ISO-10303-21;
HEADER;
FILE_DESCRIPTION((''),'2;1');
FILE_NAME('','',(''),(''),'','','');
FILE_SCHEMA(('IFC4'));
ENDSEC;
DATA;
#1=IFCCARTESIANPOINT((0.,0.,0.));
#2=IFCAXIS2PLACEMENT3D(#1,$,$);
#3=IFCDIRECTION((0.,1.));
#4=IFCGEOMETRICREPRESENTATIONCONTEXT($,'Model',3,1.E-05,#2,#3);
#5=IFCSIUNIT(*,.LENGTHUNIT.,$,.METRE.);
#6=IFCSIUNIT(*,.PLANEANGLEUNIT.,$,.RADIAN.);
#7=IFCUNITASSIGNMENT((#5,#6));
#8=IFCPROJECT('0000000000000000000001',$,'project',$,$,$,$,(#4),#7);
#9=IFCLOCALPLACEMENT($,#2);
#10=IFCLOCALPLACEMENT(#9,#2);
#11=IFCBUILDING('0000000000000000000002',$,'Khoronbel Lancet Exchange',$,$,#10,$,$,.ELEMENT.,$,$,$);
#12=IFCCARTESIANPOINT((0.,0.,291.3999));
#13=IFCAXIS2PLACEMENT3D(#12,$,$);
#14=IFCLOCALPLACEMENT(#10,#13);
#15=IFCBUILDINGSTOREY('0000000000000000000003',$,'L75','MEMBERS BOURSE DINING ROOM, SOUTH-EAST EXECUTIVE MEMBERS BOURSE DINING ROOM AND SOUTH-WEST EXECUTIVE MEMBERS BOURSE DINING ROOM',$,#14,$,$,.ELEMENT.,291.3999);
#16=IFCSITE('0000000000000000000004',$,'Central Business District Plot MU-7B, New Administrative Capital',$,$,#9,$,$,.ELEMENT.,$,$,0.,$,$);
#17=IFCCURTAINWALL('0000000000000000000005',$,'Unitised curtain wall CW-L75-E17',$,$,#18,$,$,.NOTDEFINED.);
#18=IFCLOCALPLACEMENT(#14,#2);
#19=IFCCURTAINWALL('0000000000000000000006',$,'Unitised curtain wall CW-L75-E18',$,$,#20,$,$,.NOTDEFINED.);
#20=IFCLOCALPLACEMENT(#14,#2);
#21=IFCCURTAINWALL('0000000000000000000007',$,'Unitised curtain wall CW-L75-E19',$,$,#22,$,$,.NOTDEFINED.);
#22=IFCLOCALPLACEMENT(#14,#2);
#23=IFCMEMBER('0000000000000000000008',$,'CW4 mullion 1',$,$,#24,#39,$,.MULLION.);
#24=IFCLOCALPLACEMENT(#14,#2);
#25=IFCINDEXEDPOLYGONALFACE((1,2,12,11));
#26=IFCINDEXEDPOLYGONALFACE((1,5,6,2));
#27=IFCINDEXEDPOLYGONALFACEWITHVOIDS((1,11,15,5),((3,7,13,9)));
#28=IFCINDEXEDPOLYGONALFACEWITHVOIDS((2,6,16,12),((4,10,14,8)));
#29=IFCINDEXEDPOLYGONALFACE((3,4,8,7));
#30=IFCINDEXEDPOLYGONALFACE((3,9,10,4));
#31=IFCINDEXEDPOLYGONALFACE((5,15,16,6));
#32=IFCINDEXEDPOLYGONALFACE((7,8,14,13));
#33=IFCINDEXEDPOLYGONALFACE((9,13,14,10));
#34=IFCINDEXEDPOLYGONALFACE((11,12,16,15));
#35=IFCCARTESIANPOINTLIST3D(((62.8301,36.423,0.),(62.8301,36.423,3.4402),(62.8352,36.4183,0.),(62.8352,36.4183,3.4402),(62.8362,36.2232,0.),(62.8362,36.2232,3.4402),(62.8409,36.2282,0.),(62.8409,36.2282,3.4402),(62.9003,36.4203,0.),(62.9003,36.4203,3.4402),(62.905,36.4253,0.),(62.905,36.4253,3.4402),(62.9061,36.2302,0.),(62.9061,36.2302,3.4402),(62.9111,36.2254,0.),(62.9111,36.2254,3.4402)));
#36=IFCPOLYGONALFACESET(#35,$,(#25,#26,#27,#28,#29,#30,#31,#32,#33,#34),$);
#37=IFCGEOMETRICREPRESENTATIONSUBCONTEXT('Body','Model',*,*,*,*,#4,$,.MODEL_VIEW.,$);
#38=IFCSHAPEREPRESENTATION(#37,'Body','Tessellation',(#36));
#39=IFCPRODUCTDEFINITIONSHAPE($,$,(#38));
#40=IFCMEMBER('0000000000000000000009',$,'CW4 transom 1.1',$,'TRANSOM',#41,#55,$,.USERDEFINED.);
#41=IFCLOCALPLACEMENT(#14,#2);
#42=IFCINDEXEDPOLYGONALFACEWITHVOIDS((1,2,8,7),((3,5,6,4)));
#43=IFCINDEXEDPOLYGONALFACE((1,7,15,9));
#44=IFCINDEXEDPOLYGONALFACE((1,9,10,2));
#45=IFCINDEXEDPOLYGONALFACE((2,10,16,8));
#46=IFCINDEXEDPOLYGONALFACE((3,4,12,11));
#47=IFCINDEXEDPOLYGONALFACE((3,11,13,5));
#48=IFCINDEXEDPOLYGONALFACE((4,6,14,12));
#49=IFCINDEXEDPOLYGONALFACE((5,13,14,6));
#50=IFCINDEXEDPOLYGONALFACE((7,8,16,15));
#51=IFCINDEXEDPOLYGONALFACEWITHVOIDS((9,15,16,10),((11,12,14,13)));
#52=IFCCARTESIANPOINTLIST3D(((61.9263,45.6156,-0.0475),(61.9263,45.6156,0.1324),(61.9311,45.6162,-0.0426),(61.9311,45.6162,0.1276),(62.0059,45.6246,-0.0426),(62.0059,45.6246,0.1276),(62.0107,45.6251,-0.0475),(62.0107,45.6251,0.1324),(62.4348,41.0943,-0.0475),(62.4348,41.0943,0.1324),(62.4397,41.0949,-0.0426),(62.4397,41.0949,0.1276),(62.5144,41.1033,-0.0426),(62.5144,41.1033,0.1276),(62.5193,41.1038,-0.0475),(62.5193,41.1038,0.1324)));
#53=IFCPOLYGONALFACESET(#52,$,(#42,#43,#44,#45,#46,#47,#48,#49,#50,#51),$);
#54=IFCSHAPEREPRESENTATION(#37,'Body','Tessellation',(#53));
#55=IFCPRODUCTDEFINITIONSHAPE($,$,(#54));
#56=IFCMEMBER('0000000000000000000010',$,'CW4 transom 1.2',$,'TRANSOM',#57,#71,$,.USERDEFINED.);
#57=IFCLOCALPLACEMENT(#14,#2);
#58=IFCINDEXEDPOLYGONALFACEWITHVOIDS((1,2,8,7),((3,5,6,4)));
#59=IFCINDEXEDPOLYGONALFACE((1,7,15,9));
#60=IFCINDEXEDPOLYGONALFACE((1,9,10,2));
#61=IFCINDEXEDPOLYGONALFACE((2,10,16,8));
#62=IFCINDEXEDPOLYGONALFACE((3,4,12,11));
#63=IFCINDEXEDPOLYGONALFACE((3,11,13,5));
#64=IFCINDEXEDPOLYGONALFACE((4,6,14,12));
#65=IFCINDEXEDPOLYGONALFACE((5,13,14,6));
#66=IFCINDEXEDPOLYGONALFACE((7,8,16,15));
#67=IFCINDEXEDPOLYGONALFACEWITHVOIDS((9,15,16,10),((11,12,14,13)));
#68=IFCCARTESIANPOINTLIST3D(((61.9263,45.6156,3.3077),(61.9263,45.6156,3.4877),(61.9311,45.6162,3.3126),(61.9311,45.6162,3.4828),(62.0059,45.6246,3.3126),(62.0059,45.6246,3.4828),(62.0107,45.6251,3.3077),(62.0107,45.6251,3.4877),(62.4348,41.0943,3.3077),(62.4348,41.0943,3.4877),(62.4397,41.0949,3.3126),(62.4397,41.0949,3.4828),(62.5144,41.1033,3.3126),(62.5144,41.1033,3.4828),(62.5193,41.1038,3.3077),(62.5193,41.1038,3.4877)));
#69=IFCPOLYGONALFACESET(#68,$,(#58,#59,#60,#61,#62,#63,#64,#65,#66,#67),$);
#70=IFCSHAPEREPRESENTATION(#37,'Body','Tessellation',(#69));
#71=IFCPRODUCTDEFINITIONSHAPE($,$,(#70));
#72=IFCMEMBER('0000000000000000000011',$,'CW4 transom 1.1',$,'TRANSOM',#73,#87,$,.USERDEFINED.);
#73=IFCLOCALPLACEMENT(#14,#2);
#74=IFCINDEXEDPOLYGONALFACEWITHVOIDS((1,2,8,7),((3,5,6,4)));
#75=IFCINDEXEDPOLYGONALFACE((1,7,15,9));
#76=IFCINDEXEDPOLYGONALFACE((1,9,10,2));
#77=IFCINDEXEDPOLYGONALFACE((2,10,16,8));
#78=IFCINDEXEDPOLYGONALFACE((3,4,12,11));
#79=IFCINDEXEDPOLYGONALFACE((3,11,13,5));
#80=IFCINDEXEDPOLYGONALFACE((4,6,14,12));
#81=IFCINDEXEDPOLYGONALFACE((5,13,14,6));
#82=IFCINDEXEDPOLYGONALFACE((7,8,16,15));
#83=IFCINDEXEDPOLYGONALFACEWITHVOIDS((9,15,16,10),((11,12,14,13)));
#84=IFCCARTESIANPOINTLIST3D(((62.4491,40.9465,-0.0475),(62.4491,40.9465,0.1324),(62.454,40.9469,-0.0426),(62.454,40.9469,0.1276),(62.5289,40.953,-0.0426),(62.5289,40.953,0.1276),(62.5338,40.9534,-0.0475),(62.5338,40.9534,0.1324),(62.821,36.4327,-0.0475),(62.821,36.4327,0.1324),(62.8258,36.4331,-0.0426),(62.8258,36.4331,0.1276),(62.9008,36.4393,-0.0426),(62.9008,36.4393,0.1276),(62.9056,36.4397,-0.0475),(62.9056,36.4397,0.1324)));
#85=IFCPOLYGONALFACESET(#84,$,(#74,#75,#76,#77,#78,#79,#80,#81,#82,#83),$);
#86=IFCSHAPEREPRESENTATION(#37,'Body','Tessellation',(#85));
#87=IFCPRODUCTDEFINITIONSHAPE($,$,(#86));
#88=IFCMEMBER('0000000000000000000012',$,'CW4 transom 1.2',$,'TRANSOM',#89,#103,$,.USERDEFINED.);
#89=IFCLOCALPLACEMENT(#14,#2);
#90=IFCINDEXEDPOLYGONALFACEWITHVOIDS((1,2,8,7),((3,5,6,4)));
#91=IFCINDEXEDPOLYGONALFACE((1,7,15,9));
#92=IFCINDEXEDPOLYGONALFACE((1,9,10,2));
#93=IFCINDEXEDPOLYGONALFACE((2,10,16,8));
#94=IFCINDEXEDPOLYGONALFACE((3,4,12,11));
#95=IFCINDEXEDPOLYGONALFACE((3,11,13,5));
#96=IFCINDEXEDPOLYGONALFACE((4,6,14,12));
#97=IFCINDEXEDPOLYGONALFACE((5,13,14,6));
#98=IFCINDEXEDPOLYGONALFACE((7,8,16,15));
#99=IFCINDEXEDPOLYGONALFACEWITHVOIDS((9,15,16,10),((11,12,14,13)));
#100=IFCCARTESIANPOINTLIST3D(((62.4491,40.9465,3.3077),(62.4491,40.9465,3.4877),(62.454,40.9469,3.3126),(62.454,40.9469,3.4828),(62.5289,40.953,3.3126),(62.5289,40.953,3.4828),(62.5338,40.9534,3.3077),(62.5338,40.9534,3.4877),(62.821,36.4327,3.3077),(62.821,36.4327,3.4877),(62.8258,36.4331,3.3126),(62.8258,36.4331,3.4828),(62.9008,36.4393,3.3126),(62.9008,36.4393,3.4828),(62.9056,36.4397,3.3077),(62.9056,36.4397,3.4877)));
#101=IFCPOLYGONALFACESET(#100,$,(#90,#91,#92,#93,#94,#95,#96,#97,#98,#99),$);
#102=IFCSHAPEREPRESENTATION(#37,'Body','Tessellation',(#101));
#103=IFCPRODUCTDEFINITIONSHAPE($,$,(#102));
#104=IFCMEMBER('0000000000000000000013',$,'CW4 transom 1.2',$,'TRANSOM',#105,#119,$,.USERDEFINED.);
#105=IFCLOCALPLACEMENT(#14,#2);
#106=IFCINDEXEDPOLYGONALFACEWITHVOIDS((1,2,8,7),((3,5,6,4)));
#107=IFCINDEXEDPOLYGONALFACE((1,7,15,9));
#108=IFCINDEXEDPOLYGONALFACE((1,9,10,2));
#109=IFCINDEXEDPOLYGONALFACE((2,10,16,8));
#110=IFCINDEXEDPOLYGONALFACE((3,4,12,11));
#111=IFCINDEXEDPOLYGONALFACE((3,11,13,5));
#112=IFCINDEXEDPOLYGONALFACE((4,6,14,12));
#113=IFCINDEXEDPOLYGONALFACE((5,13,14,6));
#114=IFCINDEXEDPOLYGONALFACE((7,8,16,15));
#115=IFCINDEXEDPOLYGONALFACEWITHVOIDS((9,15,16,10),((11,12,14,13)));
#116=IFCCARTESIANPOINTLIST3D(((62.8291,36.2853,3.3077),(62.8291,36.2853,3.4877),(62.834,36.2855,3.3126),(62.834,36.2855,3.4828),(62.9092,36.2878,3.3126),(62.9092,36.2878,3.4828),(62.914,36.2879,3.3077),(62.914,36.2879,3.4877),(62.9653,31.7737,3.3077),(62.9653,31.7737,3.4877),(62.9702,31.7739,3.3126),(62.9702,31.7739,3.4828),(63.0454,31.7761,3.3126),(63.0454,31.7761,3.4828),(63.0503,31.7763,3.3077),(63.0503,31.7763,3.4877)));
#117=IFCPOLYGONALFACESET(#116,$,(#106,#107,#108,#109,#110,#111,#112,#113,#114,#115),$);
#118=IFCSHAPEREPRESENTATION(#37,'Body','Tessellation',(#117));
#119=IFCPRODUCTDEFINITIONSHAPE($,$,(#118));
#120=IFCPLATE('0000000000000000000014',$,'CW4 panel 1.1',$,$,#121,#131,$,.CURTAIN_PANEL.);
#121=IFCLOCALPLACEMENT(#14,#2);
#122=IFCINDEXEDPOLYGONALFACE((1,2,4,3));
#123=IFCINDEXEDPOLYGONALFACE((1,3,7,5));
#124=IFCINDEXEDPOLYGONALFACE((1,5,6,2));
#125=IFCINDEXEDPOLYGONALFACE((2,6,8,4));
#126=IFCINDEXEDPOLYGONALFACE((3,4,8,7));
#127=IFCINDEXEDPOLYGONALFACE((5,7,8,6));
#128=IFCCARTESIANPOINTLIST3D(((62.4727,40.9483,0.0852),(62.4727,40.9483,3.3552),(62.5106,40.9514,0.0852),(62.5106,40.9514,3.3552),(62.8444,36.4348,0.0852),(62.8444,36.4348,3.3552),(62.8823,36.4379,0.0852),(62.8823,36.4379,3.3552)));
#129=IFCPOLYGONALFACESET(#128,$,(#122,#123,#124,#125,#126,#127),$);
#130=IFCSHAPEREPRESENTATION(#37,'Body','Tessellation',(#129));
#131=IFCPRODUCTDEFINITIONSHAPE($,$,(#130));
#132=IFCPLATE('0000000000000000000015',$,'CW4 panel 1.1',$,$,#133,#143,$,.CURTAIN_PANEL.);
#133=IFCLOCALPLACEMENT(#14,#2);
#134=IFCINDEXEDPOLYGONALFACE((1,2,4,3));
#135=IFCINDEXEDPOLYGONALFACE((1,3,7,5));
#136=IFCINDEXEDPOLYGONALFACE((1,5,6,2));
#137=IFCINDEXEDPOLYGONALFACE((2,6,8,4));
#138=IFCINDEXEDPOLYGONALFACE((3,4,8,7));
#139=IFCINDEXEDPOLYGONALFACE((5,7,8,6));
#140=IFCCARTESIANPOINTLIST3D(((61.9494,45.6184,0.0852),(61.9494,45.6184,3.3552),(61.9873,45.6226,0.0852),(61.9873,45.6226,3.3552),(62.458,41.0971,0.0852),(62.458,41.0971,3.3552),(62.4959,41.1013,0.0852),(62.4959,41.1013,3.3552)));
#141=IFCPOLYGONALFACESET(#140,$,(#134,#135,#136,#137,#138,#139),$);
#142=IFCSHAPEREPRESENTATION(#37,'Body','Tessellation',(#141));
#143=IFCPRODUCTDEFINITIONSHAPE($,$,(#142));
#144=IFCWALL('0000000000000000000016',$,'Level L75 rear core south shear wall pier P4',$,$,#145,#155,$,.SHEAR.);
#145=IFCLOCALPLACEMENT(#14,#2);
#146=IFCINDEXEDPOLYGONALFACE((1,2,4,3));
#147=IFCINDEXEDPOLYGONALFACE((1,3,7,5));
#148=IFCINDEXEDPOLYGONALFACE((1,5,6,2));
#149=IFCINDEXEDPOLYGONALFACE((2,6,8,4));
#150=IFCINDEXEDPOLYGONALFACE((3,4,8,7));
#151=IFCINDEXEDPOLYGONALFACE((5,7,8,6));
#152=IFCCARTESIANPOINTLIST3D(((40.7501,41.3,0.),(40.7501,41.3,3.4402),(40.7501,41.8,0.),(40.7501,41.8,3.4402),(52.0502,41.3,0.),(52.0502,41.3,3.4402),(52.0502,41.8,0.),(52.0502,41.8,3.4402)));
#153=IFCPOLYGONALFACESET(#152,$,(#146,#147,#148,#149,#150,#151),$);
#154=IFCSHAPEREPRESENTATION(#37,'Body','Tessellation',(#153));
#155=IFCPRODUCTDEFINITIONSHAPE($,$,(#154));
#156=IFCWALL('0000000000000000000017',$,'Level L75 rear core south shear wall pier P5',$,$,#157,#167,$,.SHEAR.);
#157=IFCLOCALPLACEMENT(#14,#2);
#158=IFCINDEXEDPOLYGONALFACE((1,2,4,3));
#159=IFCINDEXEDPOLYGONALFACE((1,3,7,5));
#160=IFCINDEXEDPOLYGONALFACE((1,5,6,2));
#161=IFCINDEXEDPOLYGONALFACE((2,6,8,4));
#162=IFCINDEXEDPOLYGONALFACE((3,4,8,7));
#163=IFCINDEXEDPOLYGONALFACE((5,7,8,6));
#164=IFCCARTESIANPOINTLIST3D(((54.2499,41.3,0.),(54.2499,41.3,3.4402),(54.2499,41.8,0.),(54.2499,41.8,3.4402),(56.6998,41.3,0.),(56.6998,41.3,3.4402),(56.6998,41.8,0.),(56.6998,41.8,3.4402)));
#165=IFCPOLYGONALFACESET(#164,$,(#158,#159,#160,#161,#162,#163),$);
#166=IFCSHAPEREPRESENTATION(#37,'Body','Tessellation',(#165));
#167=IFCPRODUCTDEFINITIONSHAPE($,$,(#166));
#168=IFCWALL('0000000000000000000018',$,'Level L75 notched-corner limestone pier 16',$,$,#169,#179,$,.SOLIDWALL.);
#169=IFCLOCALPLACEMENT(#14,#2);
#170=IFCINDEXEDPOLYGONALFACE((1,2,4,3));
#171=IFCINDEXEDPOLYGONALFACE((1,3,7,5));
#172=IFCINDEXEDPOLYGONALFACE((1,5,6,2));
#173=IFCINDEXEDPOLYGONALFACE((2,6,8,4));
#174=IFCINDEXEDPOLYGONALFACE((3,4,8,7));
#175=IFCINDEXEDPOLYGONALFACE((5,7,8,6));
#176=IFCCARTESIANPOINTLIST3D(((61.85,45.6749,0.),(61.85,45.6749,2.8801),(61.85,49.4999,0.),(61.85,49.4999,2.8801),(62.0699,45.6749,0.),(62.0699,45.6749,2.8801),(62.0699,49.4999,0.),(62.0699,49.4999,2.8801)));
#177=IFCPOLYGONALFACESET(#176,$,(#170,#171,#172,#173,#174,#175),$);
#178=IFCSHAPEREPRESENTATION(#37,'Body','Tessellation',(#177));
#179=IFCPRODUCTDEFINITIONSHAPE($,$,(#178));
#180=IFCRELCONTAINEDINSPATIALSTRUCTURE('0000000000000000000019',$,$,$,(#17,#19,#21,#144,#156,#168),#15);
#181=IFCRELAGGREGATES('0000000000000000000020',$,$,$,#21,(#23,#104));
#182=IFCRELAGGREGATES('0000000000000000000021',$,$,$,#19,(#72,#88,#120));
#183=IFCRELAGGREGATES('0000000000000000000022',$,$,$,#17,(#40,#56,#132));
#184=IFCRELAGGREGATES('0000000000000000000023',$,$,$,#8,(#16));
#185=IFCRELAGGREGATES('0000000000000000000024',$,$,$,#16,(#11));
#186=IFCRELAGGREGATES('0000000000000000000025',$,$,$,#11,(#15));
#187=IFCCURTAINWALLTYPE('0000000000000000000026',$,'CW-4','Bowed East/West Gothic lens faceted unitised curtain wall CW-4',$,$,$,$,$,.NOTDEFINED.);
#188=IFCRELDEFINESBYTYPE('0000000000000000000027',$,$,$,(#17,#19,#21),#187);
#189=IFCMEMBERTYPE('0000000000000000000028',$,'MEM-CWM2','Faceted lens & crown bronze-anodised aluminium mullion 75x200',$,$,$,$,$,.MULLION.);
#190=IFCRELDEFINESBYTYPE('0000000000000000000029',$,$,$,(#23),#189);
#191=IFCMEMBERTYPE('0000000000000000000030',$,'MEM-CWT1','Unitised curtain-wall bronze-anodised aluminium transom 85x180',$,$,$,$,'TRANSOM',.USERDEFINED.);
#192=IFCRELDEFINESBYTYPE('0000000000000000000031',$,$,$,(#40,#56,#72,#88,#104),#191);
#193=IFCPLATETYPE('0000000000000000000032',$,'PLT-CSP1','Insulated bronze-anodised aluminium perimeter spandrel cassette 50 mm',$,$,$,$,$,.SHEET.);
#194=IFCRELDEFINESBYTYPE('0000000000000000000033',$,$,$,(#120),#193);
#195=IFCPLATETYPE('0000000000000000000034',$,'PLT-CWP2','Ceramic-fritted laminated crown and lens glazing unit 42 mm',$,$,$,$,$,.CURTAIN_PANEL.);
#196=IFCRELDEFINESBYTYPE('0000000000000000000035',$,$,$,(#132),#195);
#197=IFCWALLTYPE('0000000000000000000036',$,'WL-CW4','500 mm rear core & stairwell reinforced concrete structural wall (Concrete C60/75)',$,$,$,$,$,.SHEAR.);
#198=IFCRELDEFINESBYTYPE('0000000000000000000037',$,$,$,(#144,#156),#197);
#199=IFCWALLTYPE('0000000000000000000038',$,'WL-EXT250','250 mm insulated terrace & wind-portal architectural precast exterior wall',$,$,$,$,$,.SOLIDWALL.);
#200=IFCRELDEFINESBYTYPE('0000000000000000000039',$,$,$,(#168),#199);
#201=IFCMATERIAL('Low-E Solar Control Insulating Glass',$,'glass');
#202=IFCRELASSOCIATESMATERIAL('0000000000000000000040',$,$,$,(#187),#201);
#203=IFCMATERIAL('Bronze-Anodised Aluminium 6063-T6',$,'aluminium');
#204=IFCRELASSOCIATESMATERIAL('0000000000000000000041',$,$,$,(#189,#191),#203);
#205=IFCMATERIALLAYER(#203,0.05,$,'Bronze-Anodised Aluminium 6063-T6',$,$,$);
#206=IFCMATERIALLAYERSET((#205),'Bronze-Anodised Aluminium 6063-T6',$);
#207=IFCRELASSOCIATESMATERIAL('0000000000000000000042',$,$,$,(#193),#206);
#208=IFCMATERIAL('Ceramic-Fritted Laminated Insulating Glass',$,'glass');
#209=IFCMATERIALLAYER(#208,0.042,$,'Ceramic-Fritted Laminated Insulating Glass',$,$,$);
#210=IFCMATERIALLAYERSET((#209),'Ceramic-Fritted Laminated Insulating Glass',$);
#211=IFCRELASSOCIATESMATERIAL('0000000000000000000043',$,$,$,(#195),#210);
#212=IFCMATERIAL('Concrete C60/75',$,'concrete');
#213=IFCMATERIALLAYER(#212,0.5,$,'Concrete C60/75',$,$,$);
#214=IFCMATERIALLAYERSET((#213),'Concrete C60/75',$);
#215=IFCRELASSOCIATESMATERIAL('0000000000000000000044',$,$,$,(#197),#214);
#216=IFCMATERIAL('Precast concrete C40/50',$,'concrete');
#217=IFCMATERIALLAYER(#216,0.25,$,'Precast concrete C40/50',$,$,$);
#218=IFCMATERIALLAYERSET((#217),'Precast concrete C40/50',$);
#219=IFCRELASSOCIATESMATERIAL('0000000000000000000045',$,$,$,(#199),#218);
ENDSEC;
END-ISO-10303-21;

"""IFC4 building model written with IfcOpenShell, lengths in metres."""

from ifc_helpers import new_model, si_unit, direction, frame, frame_2d, origin, origin_2d, place, context, subcontext, project, spatial, rectangle, hollow_rectangle, extrude, material, layer, layer_set, material_profile, profile_set, type_object, element, aggregate, save


model = new_model("IFC4")

# Units and contexts
model_context = context("Model", 3, precision=1e-05, world=origin(), true_north=direction((0.0, 1.0)))
body_context = subcontext(model_context, "Body", "Model", "MODEL_VIEW")
ifc_project = project(units=[si_unit("LENGTHUNIT", "METRE"), si_unit("PLANEANGLEUNIT", "RADIAN")], contexts=[model_context])

# Site, building, storey
site_placement = place(None, origin())
site = spatial("IfcSite", under=ifc_project, at=site_placement, Name="Central Business District Plot MU-7B, New Administrative Capital", CompositionType="ELEMENT", RefElevation=0.0)
building_placement = place(site_placement, origin())
building = spatial("IfcBuilding", under=site, at=building_placement, Name="Khoronbel Lancet Exchange", CompositionType="ELEMENT")
storey_placement = place(building_placement, frame((0.0, 0.0, 291.3999)))
storey = spatial("IfcBuildingStorey", under=building, at=storey_placement, Name="L75", Description="MEMBERS BOURSE DINING ROOM, SOUTH-EAST EXECUTIVE MEMBERS BOURSE DINING ROOM AND SOUTH-WEST EXECUTIVE MEMBERS BOURSE DINING ROOM", CompositionType="ELEMENT", Elevation=291.3999)

# Shared definitions
ifc_material_1 = material(Name="Concrete C60/75", Category="concrete")

# Curtain walls
ifc_material_2 = material(Name="Low-E Solar Control Insulating Glass", Category="glass")
curtain_wall_type = type_object("IfcCurtainWallType", Name="CW-4", Description="Bowed East/West Gothic lens faceted unitised curtain wall CW-4", PredefinedType="NOTDEFINED", material=ifc_material_2)
curtain_wall_1_placement = place(storey_placement, origin())
curtain_wall_1 = element("IfcCurtainWall", 1, at=curtain_wall_1_placement, inside=storey, type_object=curtain_wall_type, Name="Unitised curtain wall CW-L75-E17", PredefinedType="NOTDEFINED")
ifc_material_3 = material(Name="Bronze-Anodised Aluminium 6063-T6", Category="aluminium")
ifc_material_profile_1 = material_profile(ifc_material_3, hollow_rectangle(XDim=0.075, YDim=0.2, WallThickness=0.0049, at=origin_2d()), Name="ALU MULLION 75x200")
ifc_profile_set_1 = profile_set([ifc_material_profile_1], Name="Bronze-Anodised Aluminium 6063-T6")
member_type_1 = type_object("IfcMemberType", Name="MEM-CWM2", Description="Faceted lens & crown bronze-anodised aluminium mullion 75x200", PredefinedType="MULLION", material=ifc_profile_set_1)
curtain_wall_2_placement = place(storey_placement, origin())
curtain_wall_2 = element("IfcCurtainWall", 2, at=curtain_wall_2_placement, inside=storey, type_object=curtain_wall_type, Name="Unitised curtain wall CW-L75-E18", PredefinedType="NOTDEFINED")

# Curtain wall, member
curtain_wall_3_placement = place(storey_placement, origin())
curtain_wall_3 = element("IfcCurtainWall", 3, at=curtain_wall_3_placement, inside=storey, type_object=curtain_wall_type, Name="Unitised curtain wall CW-L75-E19", PredefinedType="NOTDEFINED")
member_1_placement = place(storey_placement, frame((62.8706, 36.3242, 0.0), z_axis=(0.0, 0.0, 1.0), x_axis=(0.999545, 0.030148, 0.0)))
member_1 = element("IfcMember", 4, at=member_1_placement, type_object=member_type_1, Name="CW4 mullion 1", PredefinedType="MULLION", context=body_context, shape_type="SweptSolid", body=[
    extrude(hollow_rectangle(XDim=0.075, YDim=0.2, WallThickness=0.0049, at=origin_2d()), origin(), (0.0, 0.0, 1.0), 3.4402),
])

# Members
ifc_material_profile_2 = material_profile(ifc_material_3, hollow_rectangle(XDim=0.085, YDim=0.1799, WallThickness=0.0049, at=origin_2d()), Name="ALU TRANSOM 85x180")
ifc_profile_set_2 = profile_set([ifc_material_profile_2], Name="Bronze-Anodised Aluminium 6063-T6")
member_type_2 = type_object("IfcMemberType", Name="MEM-CWT1", Description="Unitised curtain-wall bronze-anodised aluminium transom 85x180", ElementType="TRANSOM", PredefinedType="USERDEFINED", material=ifc_profile_set_2)
member_2_placement = place(storey_placement, frame((61.9685, 45.6204, 0.0425), z_axis=(0.111774, -0.993734, 0.0), x_axis=(0.993734, 0.111774, 0.0)))
member_2 = element("IfcMember", 5, at=member_2_placement, type_object=member_type_2, Name="CW4 transom 1.1", ObjectType="TRANSOM", PredefinedType="USERDEFINED", context=body_context, shape_type="SweptSolid", body=[
    extrude(hollow_rectangle(XDim=0.085, YDim=0.1799, WallThickness=0.0049, at=origin_2d()), origin(), (0.0, 0.0, 1.0), 4.5498),
])
member_3_placement = place(storey_placement, frame((61.9685, 45.6204, 3.3977), z_axis=(0.111774, -0.993734, 0.0), x_axis=(0.993734, 0.111774, 0.0)))
member_3 = element("IfcMember", 6, at=member_3_placement, type_object=member_type_2, Name="CW4 transom 1.2", ObjectType="TRANSOM", PredefinedType="USERDEFINED", context=body_context, shape_type="SweptSolid", body=[
    extrude(hollow_rectangle(XDim=0.085, YDim=0.1799, WallThickness=0.0049, at=origin_2d()), origin(), (0.0, 0.0, 1.0), 4.5498),
])
member_4_placement = place(storey_placement, frame((62.4915, 40.95, 0.0425), z_axis=(0.0821, -0.996624, 0.0), x_axis=(0.996624, 0.0821, 0.0)))
member_4 = element("IfcMember", 7, at=member_4_placement, type_object=member_type_2, Name="CW4 transom 1.1", ObjectType="TRANSOM", PredefinedType="USERDEFINED", context=body_context, shape_type="SweptSolid", body=[
    extrude(hollow_rectangle(XDim=0.085, YDim=0.1799, WallThickness=0.0049, at=origin_2d()), origin(), (0.0, 0.0, 1.0), 4.5291),
])
member_5_placement = place(storey_placement, frame((62.4915, 40.95, 3.3977), z_axis=(0.0821, -0.996624, 0.0), x_axis=(0.996624, 0.0821, 0.0)))
member_5 = element("IfcMember", 8, at=member_5_placement, type_object=member_type_2, Name="CW4 transom 1.2", ObjectType="TRANSOM", PredefinedType="USERDEFINED", context=body_context, shape_type="SweptSolid", body=[
    extrude(hollow_rectangle(XDim=0.085, YDim=0.1799, WallThickness=0.0049, at=origin_2d()), origin(), (0.0, 0.0, 1.0), 4.5291),
])
member_6_placement = place(storey_placement, frame((62.8716, 36.2866, 3.3977), z_axis=(0.030181, -0.999544, 0.0), x_axis=(0.999544, 0.030181, 0.0)))
member_6 = element("IfcMember", 9, at=member_6_placement, type_object=member_type_2, Name="CW4 transom 1.2", ObjectType="TRANSOM", PredefinedType="USERDEFINED", context=body_context, shape_type="SweptSolid", body=[
    extrude(hollow_rectangle(XDim=0.085, YDim=0.1799, WallThickness=0.0049, at=origin_2d()), origin(), (0.0, 0.0, 1.0), 4.5137),
])
aggregate(curtain_wall_3, [member_1, member_6])

# Plates
ifc_layer_1 = layer(ifc_material_3, 0.05, Name="Bronze-Anodised Aluminium 6063-T6")
ifc_layer_set_1 = layer_set([ifc_layer_1], Name="Bronze-Anodised Aluminium 6063-T6")
plate_type_1 = type_object("IfcPlateType", Name="PLT-CSP1", Description="Insulated bronze-anodised aluminium perimeter spandrel cassette 50 mm", PredefinedType="SHEET", material=ifc_layer_set_1)
plate_1_placement = place(storey_placement, frame((62.6775, 38.6931, 0.0852), z_axis=(0.0, 0.0, 1.0), x_axis=(0.082073, -0.996626, 0.0)))
plate_1 = element("IfcPlate", 10, at=plate_1_placement, type_object=plate_type_1, Name="CW4 panel 1.1", PredefinedType="CURTAIN_PANEL", context=body_context, shape_type="SweptSolid", body=[
    extrude(rectangle(XDim=4.5288, YDim=0.0381, at=origin_2d()), origin(), (0.0, 0.0, 1.0), 3.27),
])
aggregate(curtain_wall_2, [member_4, member_5, plate_1])
ifc_material_4 = material(Name="Ceramic-Fritted Laminated Insulating Glass", Category="glass")
ifc_layer_2 = layer(ifc_material_4, 0.042, Name="Ceramic-Fritted Laminated Insulating Glass")
ifc_layer_set_2 = layer_set([ifc_layer_2], Name="Ceramic-Fritted Laminated Insulating Glass")
plate_type_2 = type_object("IfcPlateType", Name="PLT-CWP2", Description="Ceramic-fritted laminated crown and lens glazing unit 42 mm", PredefinedType="CURTAIN_PANEL", material=ifc_layer_set_2)
plate_2_placement = place(storey_placement, frame((62.2227, 43.3599, 0.0852), z_axis=(0.0, 0.0, 1.0), x_axis=(0.111791, -0.993732, 0.0)))
plate_2 = element("IfcPlate", 11, at=plate_2_placement, type_object=plate_type_2, Name="CW4 panel 1.1", PredefinedType="CURTAIN_PANEL", context=body_context, shape_type="SweptSolid", body=[
    extrude(rectangle(XDim=4.5498, YDim=0.0381, at=origin_2d()), origin(), (0.0, 0.0, 1.0), 3.27),
])
aggregate(curtain_wall_1, [member_2, member_3, plate_2])

# Walls
ifc_layer_3 = layer(ifc_material_1, 0.5, Name="Concrete C60/75")
ifc_layer_set_3 = layer_set([ifc_layer_3], Name="Concrete C60/75")
wall_type_1 = type_object("IfcWallType", Name="WL-CW4", Description="500 mm rear core & stairwell reinforced concrete structural wall (Concrete C60/75)", PredefinedType="SHEAR", material=ifc_layer_set_3)
wall_1_placement = place(storey_placement, frame((52.05, 41.55, 0.0), z_axis=(0.0, 0.0, 1.0), x_axis=(-1.0, 0.0, 0.0)))
element("IfcWall", 12, at=wall_1_placement, inside=storey, type_object=wall_type_1, Name="Level L75 rear core south shear wall pier P4", PredefinedType="SHEAR", context=body_context, shape_type="SweptSolid", body=[
    extrude(rectangle(XDim=11.3, YDim=0.5, at=frame_2d((5.6499, 0.0))), origin(), (0.0, 0.0, 1.0), 3.4402),
])
wall_2_placement = place(storey_placement, frame((56.7, 41.55, 0.0), z_axis=(0.0, 0.0, 1.0), x_axis=(-1.0, 0.0, 0.0)))
element("IfcWall", 13, at=wall_2_placement, inside=storey, type_object=wall_type_1, Name="Level L75 rear core south shear wall pier P5", PredefinedType="SHEAR", context=body_context, shape_type="SweptSolid", body=[
    extrude(rectangle(XDim=2.45, YDim=0.5, at=frame_2d((1.2251, 0.0))), origin(), (0.0, 0.0, 1.0), 3.4402),
])
ifc_material_5 = material(Name="Precast concrete C40/50", Category="concrete")
ifc_layer_4 = layer(ifc_material_5, 0.25, Name="Precast concrete C40/50")
ifc_layer_set_4 = layer_set([ifc_layer_4], Name="Precast concrete C40/50")
wall_type_2 = type_object("IfcWallType", Name="WL-EXT250", Description="250 mm insulated terrace & wind-portal architectural precast exterior wall", PredefinedType="SOLIDWALL", material=ifc_layer_set_4)
wall_3_placement = place(storey_placement, frame((61.96, 49.5, 0.0), z_axis=(0.0, 0.0, 1.0), x_axis=(0.0, -1.0, 0.0)))
element("IfcWall", 14, at=wall_3_placement, inside=storey, type_object=wall_type_2, Name="Level L75 notched-corner limestone pier 16", PredefinedType="SOLIDWALL", context=body_context, shape_type="SweptSolid", body=[
    extrude(rectangle(XDim=3.825, YDim=0.22, at=frame_2d((1.9126, 0.0))), origin(), (0.0, 0.0, 1.0), 2.8801),
])

save(model, "model.ifc")
